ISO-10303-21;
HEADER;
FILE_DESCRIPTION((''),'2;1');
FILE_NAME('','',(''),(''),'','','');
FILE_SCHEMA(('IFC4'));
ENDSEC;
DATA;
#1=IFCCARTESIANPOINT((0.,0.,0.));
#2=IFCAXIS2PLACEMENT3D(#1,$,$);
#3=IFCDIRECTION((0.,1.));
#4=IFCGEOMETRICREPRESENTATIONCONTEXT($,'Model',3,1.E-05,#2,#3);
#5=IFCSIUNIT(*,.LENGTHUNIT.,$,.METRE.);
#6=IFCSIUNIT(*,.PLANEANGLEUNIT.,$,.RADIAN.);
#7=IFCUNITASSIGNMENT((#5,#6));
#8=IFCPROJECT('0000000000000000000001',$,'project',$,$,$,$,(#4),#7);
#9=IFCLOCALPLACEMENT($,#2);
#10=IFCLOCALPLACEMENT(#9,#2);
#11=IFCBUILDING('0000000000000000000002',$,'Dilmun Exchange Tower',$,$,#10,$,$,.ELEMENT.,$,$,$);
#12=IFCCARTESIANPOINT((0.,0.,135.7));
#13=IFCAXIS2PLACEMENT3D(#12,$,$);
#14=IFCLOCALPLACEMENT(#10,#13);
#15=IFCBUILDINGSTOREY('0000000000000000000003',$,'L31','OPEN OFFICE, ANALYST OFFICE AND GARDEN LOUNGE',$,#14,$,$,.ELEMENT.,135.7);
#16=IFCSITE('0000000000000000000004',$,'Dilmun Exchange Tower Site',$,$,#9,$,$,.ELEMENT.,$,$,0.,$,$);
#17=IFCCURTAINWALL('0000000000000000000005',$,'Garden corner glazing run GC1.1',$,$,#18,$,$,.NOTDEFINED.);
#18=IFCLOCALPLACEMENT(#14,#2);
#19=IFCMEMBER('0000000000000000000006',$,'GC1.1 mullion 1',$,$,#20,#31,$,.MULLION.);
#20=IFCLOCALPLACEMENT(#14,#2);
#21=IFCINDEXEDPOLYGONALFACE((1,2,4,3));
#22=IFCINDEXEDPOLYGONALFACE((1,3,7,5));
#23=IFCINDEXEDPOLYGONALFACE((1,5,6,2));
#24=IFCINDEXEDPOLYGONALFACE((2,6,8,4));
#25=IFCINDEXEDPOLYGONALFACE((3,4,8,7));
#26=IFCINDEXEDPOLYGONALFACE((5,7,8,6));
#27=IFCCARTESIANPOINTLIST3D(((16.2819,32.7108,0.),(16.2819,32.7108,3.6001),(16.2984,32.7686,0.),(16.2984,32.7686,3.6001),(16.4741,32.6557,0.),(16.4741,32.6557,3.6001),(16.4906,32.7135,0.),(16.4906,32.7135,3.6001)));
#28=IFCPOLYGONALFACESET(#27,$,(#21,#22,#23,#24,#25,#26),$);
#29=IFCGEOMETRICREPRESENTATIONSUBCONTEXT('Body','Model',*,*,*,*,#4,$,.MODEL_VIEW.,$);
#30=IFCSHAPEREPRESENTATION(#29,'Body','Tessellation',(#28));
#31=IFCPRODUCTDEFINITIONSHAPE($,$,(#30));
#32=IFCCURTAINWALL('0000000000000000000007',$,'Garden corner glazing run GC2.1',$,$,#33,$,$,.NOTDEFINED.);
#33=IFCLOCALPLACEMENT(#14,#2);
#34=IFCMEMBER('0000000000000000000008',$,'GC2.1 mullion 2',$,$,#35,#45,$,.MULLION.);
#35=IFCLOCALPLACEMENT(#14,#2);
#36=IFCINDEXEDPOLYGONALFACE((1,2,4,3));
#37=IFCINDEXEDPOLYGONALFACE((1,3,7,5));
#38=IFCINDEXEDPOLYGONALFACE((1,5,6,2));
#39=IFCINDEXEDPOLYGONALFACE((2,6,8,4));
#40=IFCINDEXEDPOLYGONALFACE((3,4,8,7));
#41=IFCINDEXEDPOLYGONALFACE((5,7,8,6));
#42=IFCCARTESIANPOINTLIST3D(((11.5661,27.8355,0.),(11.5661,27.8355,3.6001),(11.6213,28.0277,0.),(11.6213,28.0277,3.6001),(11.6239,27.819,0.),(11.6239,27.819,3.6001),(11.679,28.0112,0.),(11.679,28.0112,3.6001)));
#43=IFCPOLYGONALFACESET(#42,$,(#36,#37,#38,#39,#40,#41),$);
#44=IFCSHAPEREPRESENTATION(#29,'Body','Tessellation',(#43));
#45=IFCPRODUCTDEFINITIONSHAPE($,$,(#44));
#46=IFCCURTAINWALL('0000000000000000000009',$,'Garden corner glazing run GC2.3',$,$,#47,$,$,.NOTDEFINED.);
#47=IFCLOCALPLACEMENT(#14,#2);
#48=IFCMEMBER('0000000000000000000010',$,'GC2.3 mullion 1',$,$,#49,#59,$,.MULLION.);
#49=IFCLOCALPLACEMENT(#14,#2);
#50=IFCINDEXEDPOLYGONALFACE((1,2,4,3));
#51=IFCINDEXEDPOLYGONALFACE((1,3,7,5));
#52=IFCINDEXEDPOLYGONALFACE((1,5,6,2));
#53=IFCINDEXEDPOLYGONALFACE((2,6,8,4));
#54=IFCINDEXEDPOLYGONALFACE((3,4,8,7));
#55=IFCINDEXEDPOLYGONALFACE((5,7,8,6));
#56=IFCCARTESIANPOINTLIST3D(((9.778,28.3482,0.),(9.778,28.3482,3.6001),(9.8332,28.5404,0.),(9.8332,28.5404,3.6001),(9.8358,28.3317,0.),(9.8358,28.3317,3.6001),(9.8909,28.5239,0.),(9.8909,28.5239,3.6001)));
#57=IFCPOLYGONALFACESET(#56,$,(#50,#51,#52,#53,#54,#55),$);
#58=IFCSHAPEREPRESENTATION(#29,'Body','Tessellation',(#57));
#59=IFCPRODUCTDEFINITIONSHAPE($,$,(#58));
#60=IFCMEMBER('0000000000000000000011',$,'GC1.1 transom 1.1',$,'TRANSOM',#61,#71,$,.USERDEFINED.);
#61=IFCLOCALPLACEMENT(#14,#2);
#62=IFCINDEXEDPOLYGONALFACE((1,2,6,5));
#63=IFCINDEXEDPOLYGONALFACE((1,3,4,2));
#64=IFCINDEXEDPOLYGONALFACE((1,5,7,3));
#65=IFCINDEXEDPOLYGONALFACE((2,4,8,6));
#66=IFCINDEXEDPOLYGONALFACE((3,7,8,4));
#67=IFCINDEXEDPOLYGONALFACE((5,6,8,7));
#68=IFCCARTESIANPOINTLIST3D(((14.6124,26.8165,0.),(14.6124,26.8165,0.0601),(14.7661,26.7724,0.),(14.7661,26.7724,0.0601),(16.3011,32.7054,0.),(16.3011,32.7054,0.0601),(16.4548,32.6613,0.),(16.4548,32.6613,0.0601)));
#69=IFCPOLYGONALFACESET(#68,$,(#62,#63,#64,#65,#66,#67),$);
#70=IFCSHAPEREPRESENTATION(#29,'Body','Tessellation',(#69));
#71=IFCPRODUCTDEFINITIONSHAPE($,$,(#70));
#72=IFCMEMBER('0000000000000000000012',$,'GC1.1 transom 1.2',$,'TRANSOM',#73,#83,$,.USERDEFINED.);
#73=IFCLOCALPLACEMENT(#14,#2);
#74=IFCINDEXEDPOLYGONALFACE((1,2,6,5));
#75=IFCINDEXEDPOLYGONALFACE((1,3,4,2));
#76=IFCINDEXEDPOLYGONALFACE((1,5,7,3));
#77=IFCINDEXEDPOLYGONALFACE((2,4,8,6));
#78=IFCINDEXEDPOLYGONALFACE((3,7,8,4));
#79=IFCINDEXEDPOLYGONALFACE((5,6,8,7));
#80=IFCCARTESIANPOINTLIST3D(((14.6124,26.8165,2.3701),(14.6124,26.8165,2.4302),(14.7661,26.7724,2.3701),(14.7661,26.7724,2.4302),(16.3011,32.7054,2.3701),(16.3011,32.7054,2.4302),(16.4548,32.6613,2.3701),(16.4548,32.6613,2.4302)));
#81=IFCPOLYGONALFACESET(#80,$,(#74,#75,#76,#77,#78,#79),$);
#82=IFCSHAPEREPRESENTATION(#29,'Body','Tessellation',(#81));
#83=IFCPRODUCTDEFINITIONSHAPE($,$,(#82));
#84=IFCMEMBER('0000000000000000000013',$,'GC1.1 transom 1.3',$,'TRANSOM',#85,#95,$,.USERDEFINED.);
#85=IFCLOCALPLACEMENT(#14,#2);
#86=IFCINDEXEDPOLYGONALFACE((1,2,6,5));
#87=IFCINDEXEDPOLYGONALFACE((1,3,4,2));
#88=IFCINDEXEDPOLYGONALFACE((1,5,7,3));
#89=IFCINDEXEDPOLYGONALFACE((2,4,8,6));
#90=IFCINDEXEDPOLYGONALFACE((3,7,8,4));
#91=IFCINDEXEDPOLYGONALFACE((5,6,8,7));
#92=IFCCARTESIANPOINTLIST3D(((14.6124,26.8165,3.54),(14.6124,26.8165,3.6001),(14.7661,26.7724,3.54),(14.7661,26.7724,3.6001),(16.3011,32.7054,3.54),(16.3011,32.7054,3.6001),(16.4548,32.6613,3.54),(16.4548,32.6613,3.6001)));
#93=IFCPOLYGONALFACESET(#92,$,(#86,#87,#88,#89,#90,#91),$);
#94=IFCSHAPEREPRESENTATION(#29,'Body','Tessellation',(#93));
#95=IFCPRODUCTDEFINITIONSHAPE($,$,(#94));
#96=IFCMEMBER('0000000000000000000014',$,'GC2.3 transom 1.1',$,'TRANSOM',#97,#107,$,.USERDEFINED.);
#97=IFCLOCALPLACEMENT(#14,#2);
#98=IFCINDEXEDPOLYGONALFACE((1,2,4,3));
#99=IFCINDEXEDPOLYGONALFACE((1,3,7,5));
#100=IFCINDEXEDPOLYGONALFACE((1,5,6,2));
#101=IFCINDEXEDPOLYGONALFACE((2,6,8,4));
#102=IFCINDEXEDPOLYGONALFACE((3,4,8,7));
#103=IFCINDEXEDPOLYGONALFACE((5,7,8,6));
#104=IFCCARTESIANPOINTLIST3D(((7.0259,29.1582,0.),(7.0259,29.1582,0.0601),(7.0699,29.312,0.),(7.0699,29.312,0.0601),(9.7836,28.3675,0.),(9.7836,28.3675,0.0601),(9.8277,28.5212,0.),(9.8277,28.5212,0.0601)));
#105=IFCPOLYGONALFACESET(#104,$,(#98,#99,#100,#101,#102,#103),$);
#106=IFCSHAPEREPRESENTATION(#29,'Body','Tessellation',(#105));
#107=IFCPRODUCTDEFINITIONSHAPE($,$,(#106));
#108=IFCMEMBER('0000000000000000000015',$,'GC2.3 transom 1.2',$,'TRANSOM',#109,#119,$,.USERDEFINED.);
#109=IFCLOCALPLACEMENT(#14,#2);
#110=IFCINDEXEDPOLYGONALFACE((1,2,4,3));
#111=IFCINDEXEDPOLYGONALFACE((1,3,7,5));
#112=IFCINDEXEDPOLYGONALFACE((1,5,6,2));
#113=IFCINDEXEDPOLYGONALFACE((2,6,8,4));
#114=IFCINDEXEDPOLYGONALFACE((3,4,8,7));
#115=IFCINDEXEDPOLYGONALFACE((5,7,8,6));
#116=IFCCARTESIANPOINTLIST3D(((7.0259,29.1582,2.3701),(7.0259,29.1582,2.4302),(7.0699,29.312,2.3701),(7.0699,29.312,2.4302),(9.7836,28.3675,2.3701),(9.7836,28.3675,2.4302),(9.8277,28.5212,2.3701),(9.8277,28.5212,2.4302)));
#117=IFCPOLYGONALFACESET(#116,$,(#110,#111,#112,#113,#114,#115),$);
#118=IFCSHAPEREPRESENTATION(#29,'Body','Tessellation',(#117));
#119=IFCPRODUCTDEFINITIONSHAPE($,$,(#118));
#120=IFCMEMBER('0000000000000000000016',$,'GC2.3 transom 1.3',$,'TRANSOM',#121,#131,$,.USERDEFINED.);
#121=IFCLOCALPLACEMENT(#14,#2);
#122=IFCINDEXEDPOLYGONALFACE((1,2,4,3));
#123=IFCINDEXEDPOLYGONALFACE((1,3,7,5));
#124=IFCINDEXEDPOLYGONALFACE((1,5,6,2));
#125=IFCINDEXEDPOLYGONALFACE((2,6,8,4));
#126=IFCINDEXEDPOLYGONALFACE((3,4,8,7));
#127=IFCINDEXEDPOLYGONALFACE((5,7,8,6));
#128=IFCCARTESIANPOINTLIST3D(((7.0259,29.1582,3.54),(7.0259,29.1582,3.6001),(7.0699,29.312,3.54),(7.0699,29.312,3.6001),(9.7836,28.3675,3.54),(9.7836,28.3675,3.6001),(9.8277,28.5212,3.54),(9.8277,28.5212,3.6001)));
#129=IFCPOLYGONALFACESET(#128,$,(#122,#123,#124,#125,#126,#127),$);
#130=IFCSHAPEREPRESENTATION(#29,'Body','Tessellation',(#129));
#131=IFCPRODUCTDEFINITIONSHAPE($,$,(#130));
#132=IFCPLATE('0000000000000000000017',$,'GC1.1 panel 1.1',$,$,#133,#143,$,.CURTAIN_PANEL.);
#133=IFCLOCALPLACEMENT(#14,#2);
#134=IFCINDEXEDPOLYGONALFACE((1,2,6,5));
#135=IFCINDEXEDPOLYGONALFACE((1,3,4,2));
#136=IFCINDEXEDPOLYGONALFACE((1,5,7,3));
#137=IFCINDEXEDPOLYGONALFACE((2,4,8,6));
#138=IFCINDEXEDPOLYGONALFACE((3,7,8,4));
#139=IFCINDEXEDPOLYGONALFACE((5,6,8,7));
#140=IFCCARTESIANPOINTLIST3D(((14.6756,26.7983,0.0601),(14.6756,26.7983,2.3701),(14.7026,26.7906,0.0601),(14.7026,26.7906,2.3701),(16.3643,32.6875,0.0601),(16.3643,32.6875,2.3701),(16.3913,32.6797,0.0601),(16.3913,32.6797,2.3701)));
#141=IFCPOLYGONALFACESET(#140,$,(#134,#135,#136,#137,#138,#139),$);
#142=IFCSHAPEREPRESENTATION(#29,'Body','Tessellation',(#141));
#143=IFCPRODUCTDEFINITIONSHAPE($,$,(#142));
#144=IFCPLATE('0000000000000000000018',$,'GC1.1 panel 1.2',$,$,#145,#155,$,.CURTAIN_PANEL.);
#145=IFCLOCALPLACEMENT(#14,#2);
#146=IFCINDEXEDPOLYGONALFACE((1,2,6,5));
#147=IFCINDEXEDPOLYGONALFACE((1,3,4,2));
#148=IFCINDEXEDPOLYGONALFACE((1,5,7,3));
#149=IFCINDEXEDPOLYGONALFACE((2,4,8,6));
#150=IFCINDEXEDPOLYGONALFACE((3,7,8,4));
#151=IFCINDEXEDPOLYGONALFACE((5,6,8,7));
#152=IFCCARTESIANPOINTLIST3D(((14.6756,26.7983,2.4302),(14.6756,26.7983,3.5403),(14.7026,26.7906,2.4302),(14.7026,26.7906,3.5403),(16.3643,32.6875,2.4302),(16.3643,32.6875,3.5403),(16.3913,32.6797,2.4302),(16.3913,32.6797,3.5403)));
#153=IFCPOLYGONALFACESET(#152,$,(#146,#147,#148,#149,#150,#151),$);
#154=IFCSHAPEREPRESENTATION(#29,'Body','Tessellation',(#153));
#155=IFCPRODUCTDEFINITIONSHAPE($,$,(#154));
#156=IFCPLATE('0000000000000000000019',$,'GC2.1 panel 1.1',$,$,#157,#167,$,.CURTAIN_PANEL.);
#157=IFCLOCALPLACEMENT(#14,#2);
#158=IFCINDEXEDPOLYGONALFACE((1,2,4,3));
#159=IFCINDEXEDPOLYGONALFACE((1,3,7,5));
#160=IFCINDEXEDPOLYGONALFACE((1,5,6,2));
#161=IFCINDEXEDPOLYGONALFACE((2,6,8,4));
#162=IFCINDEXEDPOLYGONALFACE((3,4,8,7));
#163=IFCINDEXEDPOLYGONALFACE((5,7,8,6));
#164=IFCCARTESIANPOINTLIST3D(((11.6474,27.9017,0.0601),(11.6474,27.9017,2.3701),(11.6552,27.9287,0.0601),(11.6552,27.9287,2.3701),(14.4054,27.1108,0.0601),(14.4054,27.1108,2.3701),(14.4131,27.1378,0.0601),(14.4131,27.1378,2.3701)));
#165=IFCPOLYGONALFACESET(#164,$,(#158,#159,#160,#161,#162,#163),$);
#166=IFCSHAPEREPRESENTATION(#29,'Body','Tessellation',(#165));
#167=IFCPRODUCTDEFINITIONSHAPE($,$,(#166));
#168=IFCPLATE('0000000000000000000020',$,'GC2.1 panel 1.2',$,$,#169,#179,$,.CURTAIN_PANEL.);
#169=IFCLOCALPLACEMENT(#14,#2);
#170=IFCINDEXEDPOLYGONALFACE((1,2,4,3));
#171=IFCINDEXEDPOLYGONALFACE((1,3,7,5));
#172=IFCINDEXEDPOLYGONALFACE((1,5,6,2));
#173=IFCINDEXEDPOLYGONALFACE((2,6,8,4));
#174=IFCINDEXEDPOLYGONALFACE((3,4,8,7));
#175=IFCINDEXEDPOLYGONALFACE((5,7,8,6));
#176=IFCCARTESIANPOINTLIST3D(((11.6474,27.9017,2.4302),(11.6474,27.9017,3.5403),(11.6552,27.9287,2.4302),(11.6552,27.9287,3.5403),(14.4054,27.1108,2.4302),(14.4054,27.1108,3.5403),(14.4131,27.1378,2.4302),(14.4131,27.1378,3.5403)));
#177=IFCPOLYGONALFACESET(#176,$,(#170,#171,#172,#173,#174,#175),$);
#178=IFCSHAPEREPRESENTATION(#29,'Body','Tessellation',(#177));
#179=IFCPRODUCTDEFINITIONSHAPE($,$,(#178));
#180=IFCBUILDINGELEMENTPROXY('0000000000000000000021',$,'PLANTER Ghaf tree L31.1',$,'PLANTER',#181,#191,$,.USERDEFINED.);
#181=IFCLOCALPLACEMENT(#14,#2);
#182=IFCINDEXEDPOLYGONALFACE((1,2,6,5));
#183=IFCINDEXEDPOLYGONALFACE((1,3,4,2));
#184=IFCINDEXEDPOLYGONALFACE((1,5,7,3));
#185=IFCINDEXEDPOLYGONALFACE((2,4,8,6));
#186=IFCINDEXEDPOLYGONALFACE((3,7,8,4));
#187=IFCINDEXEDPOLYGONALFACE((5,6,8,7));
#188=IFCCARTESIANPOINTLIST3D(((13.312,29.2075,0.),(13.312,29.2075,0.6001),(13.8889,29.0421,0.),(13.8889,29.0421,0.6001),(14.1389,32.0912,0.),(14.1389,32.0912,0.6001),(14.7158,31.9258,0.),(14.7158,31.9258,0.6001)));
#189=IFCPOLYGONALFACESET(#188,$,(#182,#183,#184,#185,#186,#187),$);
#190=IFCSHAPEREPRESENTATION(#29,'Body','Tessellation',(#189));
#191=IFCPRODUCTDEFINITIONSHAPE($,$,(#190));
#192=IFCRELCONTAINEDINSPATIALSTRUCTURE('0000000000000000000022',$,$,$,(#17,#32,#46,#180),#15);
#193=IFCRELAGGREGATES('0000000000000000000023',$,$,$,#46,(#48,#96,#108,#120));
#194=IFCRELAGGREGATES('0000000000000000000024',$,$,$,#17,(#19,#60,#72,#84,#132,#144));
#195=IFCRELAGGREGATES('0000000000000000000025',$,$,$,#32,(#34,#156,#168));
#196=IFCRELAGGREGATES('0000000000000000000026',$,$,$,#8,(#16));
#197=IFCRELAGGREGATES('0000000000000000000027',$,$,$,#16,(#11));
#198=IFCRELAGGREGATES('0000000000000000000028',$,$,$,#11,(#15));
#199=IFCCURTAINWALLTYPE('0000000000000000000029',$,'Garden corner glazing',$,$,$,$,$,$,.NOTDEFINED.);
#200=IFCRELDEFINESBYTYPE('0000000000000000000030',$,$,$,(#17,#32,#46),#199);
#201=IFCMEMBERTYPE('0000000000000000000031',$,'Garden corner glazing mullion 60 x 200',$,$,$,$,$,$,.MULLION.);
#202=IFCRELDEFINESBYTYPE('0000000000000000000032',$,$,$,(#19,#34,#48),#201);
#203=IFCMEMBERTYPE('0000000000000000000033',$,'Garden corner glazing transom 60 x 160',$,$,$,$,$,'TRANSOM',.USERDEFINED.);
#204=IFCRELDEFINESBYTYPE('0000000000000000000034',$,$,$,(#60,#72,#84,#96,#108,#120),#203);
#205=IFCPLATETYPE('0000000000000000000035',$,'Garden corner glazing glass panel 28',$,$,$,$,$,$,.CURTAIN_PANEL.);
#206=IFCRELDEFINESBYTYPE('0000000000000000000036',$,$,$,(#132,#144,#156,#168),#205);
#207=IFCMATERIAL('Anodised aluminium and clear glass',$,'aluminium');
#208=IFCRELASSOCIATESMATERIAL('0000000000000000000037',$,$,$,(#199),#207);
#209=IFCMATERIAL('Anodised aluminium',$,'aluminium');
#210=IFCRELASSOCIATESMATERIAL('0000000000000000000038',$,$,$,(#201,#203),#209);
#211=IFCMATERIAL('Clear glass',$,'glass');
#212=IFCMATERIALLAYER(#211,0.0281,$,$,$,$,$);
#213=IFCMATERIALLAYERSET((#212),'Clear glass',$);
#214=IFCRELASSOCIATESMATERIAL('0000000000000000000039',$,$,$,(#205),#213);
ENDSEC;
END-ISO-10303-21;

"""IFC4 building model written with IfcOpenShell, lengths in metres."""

from ifc_helpers import new_model, si_unit, direction, frame, origin, origin_2d, place, context, subcontext, project, spatial, rectangle, extrude, material, layer, layer_set, material_profile, profile_set, type_object, element, aggregate, save


model = new_model("IFC4")

# Units and contexts
model_context = context("Model", 3, precision=1e-05, world=origin(), true_north=direction((0.0, 1.0)))
body_context = subcontext(model_context, "Body", "Model", "MODEL_VIEW")
ifc_project = project(units=[si_unit("LENGTHUNIT", "METRE"), si_unit("PLANEANGLEUNIT", "RADIAN")], contexts=[model_context])

# Site, building, storey
site_placement = place(None, origin())
site = spatial("IfcSite", under=ifc_project, at=site_placement, Name="Dilmun Exchange Tower Site", CompositionType="ELEMENT", RefElevation=0.0)
building_placement = place(site_placement, origin())
building = spatial("IfcBuilding", under=site, at=building_placement, Name="Dilmun Exchange Tower", CompositionType="ELEMENT")
storey_placement = place(building_placement, frame((0.0, 0.0, 135.7)))
storey = spatial("IfcBuildingStorey", under=building, at=storey_placement, Name="L31", Description="OPEN OFFICE, ANALYST OFFICE AND GARDEN LOUNGE", CompositionType="ELEMENT", Elevation=135.7)

# Curtain walls, members
ifc_material_1 = material(Name="Anodised aluminium and clear glass", Category="aluminium")
curtain_wall_type = type_object("IfcCurtainWallType", Name="Garden corner glazing", PredefinedType="NOTDEFINED", material=ifc_material_1)
curtain_wall_1_placement = place(storey_placement, origin())
curtain_wall_1 = element("IfcCurtainWall", 1, at=curtain_wall_1_placement, inside=storey, type_object=curtain_wall_type, Name="Garden corner glazing run GC1.1", PredefinedType="NOTDEFINED")
ifc_material_2 = material(Name="Anodised aluminium", Category="aluminium")
ifc_material_profile_1 = material_profile(ifc_material_2, rectangle(XDim=0.2, YDim=0.0601, at=origin_2d()), Name="AL 60x200")
ifc_profile_set_1 = profile_set([ifc_material_profile_1], Name="Anodised aluminium")
member_type_1 = type_object("IfcMemberType", Name="Garden corner glazing mullion 60 x 200", PredefinedType="MULLION", material=ifc_profile_set_1)
member_1_placement = place(storey_placement, frame((16.3862, 32.7122, 0.0), z_axis=(0.0, 0.0, 1.0), x_axis=(0.961263, -0.275632, 0.0)))
member_1 = element("IfcMember", 2, at=member_1_placement, type_object=member_type_1, Name="GC1.1 mullion 1", PredefinedType="MULLION", context=body_context, shape_type="SweptSolid", body=[
    extrude(rectangle(XDim=0.2, YDim=0.0601, at=origin_2d()), origin(), (0.0, 0.0, 1.0), 3.6001),
])
curtain_wall_2_placement = place(storey_placement, origin())
curtain_wall_2 = element("IfcCurtainWall", 3, at=curtain_wall_2_placement, inside=storey, type_object=curtain_wall_type, Name="Garden corner glazing run GC2.1", PredefinedType="NOTDEFINED")
member_2_placement = place(storey_placement, frame((11.6226, 27.9233, 0.0), z_axis=(0.0, 0.0, 1.0), x_axis=(-0.275667, -0.961253, 0.0)))
member_2 = element("IfcMember", 4, at=member_2_placement, type_object=member_type_1, Name="GC2.1 mullion 2", PredefinedType="MULLION", context=body_context, shape_type="SweptSolid", body=[
    extrude(rectangle(XDim=0.2, YDim=0.0601, at=origin_2d()), origin(), (0.0, 0.0, 1.0), 3.6001),
])
curtain_wall_3_placement = place(storey_placement, origin())
curtain_wall_3 = element("IfcCurtainWall", 5, at=curtain_wall_3_placement, inside=storey, type_object=curtain_wall_type, Name="Garden corner glazing run GC2.3", PredefinedType="NOTDEFINED")
member_3_placement = place(storey_placement, frame((9.8345, 28.436, 0.0), z_axis=(0.0, 0.0, 1.0), x_axis=(-0.275636, -0.961262, 0.0)))
member_3 = element("IfcMember", 6, at=member_3_placement, type_object=member_type_1, Name="GC2.3 mullion 1", PredefinedType="MULLION", context=body_context, shape_type="SweptSolid", body=[
    extrude(rectangle(XDim=0.2, YDim=0.0601, at=origin_2d()), origin(), (0.0, 0.0, 1.0), 3.6001),
])

# Members
ifc_material_profile_2 = material_profile(ifc_material_2, rectangle(XDim=0.1599, YDim=0.0601, at=origin_2d()), Name="AL 60x160")
ifc_profile_set_2 = profile_set([ifc_material_profile_2], Name="Anodised aluminium")
member_type_2 = type_object("IfcMemberType", Name="Garden corner glazing transom 60 x 160", ElementType="TRANSOM", PredefinedType="USERDEFINED", material=ifc_profile_set_2)
member_4_placement = place(storey_placement, frame((16.3779, 32.6833, 0.03), z_axis=(-0.275653, -0.961257, 0.0), x_axis=(0.961257, -0.275653, 0.0)))
member_4 = element("IfcMember", 7, at=member_4_placement, type_object=member_type_2, Name="GC1.1 transom 1.1", ObjectType="TRANSOM", PredefinedType="USERDEFINED", context=body_context, shape_type="SweptSolid", body=[
    extrude(rectangle(XDim=0.1599, YDim=0.0601, at=origin_2d()), origin(), (0.0, 0.0, 1.0), 6.1262),
])
member_5_placement = place(storey_placement, frame((16.3779, 32.6833, 2.4001), z_axis=(-0.275653, -0.961257, 0.0), x_axis=(0.961257, -0.275653, 0.0)))
member_5 = element("IfcMember", 8, at=member_5_placement, type_object=member_type_2, Name="GC1.1 transom 1.2", ObjectType="TRANSOM", PredefinedType="USERDEFINED", context=body_context, shape_type="SweptSolid", body=[
    extrude(rectangle(XDim=0.1599, YDim=0.0601, at=origin_2d()), origin(), (0.0, 0.0, 1.0), 6.1262),
])
member_6_placement = place(storey_placement, frame((16.3779, 32.6833, 3.5701), z_axis=(-0.275653, -0.961257, 0.0), x_axis=(0.961257, -0.275653, 0.0)))
member_6 = element("IfcMember", 9, at=member_6_placement, type_object=member_type_2, Name="GC1.1 transom 1.3", ObjectType="TRANSOM", PredefinedType="USERDEFINED", context=body_context, shape_type="SweptSolid", body=[
    extrude(rectangle(XDim=0.1599, YDim=0.0601, at=origin_2d()), origin(), (0.0, 0.0, 1.0), 6.1262),
])
member_7_placement = place(storey_placement, frame((9.8057, 28.4443, 0.03), z_axis=(-0.961263, 0.275631, 0.0), x_axis=(-0.275631, -0.961263, 0.0)))
member_7 = element("IfcMember", 10, at=member_7_placement, type_object=member_type_2, Name="GC2.3 transom 1.1", ObjectType="TRANSOM", PredefinedType="USERDEFINED", context=body_context, shape_type="SweptSolid", body=[
    extrude(rectangle(XDim=0.1599, YDim=0.0601, at=origin_2d()), origin(), (0.0, 0.0, 1.0), 2.8689),
])
member_8_placement = place(storey_placement, frame((9.8057, 28.4443, 2.4001), z_axis=(-0.961263, 0.275631, 0.0), x_axis=(-0.275631, -0.961263, 0.0)))
member_8 = element("IfcMember", 11, at=member_8_placement, type_object=member_type_2, Name="GC2.3 transom 1.2", ObjectType="TRANSOM", PredefinedType="USERDEFINED", context=body_context, shape_type="SweptSolid", body=[
    extrude(rectangle(XDim=0.1599, YDim=0.0601, at=origin_2d()), origin(), (0.0, 0.0, 1.0), 2.8689),
])
member_9_placement = place(storey_placement, frame((9.8057, 28.4443, 3.5701), z_axis=(-0.961263, 0.275631, 0.0), x_axis=(-0.275631, -0.961263, 0.0)))
member_9 = element("IfcMember", 12, at=member_9_placement, type_object=member_type_2, Name="GC2.3 transom 1.3", ObjectType="TRANSOM", PredefinedType="USERDEFINED", context=body_context, shape_type="SweptSolid", body=[
    extrude(rectangle(XDim=0.1599, YDim=0.0601, at=origin_2d()), origin(), (0.0, 0.0, 1.0), 2.8689),
])
aggregate(curtain_wall_3, [member_3, member_7, member_8, member_9])

# Plates
ifc_material_3 = material(Name="Clear glass", Category="glass")
ifc_layer_1 = layer(ifc_material_3, 0.0281)
ifc_layer_set_1 = layer_set([ifc_layer_1], Name="Clear glass")
plate_type = type_object("IfcPlateType", Name="Garden corner glazing glass panel 28", PredefinedType="CURTAIN_PANEL", material=ifc_layer_set_1)
plate_1_placement = place(storey_placement, frame((15.5334, 29.739, 0.0601), z_axis=(0.0, 0.0, 1.0), x_axis=(-0.275632, -0.961263, 0.0)))
plate_1 = element("IfcPlate", 13, at=plate_1_placement, type_object=plate_type, Name="GC1.1 panel 1.1", PredefinedType="CURTAIN_PANEL", context=body_context, shape_type="SweptSolid", body=[
    extrude(rectangle(XDim=6.1265, YDim=0.0281, at=origin_2d()), origin(), (0.0, 0.0, 1.0), 2.3101),
])
plate_2_placement = place(storey_placement, frame((15.5334, 29.739, 2.4302), z_axis=(0.0, 0.0, 1.0), x_axis=(-0.275632, -0.961263, 0.0)))
plate_2 = element("IfcPlate", 14, at=plate_2_placement, type_object=plate_type, Name="GC1.1 panel 1.2", PredefinedType="CURTAIN_PANEL", context=body_context, shape_type="SweptSolid", body=[
    extrude(rectangle(XDim=6.1265, YDim=0.0281, at=origin_2d()), origin(), (0.0, 0.0, 1.0), 1.1101),
])
aggregate(curtain_wall_1, [member_1, member_4, member_5, member_6, plate_1, plate_2])
plate_3_placement = place(storey_placement, frame((13.0303, 27.5198, 0.0601), z_axis=(0.0, 0.0, 1.0), x_axis=(-0.961253, 0.275667, 0.0)))
plate_3 = element("IfcPlate", 15, at=plate_3_placement, type_object=plate_type, Name="GC2.1 panel 1.1", PredefinedType="CURTAIN_PANEL", context=body_context, shape_type="SweptSolid", body=[
    extrude(rectangle(XDim=2.8691, YDim=0.0281, at=origin_2d()), origin(), (0.0, 0.0, 1.0), 2.3101),
])
plate_4_placement = place(storey_placement, frame((13.0303, 27.5198, 2.4302), z_axis=(0.0, 0.0, 1.0), x_axis=(-0.961253, 0.275667, 0.0)))
plate_4 = element("IfcPlate", 16, at=plate_4_placement, type_object=plate_type, Name="GC2.1 panel 1.2", PredefinedType="CURTAIN_PANEL", context=body_context, shape_type="SweptSolid", body=[
    extrude(rectangle(XDim=2.8691, YDim=0.0281, at=origin_2d()), origin(), (0.0, 0.0, 1.0), 1.1101),
])
aggregate(curtain_wall_2, [member_2, plate_3, plate_4])

# Building element proxy
proxy_placement = place(storey_placement, frame((14.0139, 30.5667, 0.0), z_axis=(0.0, 0.0, 1.0), x_axis=(0.275637, 0.961262, 0.0)))
element("IfcBuildingElementProxy", 17, at=proxy_placement, inside=storey, Name="PLANTER Ghaf tree L31.1", ObjectType="PLANTER", PredefinedType="USERDEFINED", context=body_context, shape_type="SweptSolid", body=[
    extrude(rectangle(XDim=3.0, YDim=0.6001, at=origin_2d()), origin(), (0.0, 0.0, 1.0), 0.6001),
])

save(model, "model.ifc")
